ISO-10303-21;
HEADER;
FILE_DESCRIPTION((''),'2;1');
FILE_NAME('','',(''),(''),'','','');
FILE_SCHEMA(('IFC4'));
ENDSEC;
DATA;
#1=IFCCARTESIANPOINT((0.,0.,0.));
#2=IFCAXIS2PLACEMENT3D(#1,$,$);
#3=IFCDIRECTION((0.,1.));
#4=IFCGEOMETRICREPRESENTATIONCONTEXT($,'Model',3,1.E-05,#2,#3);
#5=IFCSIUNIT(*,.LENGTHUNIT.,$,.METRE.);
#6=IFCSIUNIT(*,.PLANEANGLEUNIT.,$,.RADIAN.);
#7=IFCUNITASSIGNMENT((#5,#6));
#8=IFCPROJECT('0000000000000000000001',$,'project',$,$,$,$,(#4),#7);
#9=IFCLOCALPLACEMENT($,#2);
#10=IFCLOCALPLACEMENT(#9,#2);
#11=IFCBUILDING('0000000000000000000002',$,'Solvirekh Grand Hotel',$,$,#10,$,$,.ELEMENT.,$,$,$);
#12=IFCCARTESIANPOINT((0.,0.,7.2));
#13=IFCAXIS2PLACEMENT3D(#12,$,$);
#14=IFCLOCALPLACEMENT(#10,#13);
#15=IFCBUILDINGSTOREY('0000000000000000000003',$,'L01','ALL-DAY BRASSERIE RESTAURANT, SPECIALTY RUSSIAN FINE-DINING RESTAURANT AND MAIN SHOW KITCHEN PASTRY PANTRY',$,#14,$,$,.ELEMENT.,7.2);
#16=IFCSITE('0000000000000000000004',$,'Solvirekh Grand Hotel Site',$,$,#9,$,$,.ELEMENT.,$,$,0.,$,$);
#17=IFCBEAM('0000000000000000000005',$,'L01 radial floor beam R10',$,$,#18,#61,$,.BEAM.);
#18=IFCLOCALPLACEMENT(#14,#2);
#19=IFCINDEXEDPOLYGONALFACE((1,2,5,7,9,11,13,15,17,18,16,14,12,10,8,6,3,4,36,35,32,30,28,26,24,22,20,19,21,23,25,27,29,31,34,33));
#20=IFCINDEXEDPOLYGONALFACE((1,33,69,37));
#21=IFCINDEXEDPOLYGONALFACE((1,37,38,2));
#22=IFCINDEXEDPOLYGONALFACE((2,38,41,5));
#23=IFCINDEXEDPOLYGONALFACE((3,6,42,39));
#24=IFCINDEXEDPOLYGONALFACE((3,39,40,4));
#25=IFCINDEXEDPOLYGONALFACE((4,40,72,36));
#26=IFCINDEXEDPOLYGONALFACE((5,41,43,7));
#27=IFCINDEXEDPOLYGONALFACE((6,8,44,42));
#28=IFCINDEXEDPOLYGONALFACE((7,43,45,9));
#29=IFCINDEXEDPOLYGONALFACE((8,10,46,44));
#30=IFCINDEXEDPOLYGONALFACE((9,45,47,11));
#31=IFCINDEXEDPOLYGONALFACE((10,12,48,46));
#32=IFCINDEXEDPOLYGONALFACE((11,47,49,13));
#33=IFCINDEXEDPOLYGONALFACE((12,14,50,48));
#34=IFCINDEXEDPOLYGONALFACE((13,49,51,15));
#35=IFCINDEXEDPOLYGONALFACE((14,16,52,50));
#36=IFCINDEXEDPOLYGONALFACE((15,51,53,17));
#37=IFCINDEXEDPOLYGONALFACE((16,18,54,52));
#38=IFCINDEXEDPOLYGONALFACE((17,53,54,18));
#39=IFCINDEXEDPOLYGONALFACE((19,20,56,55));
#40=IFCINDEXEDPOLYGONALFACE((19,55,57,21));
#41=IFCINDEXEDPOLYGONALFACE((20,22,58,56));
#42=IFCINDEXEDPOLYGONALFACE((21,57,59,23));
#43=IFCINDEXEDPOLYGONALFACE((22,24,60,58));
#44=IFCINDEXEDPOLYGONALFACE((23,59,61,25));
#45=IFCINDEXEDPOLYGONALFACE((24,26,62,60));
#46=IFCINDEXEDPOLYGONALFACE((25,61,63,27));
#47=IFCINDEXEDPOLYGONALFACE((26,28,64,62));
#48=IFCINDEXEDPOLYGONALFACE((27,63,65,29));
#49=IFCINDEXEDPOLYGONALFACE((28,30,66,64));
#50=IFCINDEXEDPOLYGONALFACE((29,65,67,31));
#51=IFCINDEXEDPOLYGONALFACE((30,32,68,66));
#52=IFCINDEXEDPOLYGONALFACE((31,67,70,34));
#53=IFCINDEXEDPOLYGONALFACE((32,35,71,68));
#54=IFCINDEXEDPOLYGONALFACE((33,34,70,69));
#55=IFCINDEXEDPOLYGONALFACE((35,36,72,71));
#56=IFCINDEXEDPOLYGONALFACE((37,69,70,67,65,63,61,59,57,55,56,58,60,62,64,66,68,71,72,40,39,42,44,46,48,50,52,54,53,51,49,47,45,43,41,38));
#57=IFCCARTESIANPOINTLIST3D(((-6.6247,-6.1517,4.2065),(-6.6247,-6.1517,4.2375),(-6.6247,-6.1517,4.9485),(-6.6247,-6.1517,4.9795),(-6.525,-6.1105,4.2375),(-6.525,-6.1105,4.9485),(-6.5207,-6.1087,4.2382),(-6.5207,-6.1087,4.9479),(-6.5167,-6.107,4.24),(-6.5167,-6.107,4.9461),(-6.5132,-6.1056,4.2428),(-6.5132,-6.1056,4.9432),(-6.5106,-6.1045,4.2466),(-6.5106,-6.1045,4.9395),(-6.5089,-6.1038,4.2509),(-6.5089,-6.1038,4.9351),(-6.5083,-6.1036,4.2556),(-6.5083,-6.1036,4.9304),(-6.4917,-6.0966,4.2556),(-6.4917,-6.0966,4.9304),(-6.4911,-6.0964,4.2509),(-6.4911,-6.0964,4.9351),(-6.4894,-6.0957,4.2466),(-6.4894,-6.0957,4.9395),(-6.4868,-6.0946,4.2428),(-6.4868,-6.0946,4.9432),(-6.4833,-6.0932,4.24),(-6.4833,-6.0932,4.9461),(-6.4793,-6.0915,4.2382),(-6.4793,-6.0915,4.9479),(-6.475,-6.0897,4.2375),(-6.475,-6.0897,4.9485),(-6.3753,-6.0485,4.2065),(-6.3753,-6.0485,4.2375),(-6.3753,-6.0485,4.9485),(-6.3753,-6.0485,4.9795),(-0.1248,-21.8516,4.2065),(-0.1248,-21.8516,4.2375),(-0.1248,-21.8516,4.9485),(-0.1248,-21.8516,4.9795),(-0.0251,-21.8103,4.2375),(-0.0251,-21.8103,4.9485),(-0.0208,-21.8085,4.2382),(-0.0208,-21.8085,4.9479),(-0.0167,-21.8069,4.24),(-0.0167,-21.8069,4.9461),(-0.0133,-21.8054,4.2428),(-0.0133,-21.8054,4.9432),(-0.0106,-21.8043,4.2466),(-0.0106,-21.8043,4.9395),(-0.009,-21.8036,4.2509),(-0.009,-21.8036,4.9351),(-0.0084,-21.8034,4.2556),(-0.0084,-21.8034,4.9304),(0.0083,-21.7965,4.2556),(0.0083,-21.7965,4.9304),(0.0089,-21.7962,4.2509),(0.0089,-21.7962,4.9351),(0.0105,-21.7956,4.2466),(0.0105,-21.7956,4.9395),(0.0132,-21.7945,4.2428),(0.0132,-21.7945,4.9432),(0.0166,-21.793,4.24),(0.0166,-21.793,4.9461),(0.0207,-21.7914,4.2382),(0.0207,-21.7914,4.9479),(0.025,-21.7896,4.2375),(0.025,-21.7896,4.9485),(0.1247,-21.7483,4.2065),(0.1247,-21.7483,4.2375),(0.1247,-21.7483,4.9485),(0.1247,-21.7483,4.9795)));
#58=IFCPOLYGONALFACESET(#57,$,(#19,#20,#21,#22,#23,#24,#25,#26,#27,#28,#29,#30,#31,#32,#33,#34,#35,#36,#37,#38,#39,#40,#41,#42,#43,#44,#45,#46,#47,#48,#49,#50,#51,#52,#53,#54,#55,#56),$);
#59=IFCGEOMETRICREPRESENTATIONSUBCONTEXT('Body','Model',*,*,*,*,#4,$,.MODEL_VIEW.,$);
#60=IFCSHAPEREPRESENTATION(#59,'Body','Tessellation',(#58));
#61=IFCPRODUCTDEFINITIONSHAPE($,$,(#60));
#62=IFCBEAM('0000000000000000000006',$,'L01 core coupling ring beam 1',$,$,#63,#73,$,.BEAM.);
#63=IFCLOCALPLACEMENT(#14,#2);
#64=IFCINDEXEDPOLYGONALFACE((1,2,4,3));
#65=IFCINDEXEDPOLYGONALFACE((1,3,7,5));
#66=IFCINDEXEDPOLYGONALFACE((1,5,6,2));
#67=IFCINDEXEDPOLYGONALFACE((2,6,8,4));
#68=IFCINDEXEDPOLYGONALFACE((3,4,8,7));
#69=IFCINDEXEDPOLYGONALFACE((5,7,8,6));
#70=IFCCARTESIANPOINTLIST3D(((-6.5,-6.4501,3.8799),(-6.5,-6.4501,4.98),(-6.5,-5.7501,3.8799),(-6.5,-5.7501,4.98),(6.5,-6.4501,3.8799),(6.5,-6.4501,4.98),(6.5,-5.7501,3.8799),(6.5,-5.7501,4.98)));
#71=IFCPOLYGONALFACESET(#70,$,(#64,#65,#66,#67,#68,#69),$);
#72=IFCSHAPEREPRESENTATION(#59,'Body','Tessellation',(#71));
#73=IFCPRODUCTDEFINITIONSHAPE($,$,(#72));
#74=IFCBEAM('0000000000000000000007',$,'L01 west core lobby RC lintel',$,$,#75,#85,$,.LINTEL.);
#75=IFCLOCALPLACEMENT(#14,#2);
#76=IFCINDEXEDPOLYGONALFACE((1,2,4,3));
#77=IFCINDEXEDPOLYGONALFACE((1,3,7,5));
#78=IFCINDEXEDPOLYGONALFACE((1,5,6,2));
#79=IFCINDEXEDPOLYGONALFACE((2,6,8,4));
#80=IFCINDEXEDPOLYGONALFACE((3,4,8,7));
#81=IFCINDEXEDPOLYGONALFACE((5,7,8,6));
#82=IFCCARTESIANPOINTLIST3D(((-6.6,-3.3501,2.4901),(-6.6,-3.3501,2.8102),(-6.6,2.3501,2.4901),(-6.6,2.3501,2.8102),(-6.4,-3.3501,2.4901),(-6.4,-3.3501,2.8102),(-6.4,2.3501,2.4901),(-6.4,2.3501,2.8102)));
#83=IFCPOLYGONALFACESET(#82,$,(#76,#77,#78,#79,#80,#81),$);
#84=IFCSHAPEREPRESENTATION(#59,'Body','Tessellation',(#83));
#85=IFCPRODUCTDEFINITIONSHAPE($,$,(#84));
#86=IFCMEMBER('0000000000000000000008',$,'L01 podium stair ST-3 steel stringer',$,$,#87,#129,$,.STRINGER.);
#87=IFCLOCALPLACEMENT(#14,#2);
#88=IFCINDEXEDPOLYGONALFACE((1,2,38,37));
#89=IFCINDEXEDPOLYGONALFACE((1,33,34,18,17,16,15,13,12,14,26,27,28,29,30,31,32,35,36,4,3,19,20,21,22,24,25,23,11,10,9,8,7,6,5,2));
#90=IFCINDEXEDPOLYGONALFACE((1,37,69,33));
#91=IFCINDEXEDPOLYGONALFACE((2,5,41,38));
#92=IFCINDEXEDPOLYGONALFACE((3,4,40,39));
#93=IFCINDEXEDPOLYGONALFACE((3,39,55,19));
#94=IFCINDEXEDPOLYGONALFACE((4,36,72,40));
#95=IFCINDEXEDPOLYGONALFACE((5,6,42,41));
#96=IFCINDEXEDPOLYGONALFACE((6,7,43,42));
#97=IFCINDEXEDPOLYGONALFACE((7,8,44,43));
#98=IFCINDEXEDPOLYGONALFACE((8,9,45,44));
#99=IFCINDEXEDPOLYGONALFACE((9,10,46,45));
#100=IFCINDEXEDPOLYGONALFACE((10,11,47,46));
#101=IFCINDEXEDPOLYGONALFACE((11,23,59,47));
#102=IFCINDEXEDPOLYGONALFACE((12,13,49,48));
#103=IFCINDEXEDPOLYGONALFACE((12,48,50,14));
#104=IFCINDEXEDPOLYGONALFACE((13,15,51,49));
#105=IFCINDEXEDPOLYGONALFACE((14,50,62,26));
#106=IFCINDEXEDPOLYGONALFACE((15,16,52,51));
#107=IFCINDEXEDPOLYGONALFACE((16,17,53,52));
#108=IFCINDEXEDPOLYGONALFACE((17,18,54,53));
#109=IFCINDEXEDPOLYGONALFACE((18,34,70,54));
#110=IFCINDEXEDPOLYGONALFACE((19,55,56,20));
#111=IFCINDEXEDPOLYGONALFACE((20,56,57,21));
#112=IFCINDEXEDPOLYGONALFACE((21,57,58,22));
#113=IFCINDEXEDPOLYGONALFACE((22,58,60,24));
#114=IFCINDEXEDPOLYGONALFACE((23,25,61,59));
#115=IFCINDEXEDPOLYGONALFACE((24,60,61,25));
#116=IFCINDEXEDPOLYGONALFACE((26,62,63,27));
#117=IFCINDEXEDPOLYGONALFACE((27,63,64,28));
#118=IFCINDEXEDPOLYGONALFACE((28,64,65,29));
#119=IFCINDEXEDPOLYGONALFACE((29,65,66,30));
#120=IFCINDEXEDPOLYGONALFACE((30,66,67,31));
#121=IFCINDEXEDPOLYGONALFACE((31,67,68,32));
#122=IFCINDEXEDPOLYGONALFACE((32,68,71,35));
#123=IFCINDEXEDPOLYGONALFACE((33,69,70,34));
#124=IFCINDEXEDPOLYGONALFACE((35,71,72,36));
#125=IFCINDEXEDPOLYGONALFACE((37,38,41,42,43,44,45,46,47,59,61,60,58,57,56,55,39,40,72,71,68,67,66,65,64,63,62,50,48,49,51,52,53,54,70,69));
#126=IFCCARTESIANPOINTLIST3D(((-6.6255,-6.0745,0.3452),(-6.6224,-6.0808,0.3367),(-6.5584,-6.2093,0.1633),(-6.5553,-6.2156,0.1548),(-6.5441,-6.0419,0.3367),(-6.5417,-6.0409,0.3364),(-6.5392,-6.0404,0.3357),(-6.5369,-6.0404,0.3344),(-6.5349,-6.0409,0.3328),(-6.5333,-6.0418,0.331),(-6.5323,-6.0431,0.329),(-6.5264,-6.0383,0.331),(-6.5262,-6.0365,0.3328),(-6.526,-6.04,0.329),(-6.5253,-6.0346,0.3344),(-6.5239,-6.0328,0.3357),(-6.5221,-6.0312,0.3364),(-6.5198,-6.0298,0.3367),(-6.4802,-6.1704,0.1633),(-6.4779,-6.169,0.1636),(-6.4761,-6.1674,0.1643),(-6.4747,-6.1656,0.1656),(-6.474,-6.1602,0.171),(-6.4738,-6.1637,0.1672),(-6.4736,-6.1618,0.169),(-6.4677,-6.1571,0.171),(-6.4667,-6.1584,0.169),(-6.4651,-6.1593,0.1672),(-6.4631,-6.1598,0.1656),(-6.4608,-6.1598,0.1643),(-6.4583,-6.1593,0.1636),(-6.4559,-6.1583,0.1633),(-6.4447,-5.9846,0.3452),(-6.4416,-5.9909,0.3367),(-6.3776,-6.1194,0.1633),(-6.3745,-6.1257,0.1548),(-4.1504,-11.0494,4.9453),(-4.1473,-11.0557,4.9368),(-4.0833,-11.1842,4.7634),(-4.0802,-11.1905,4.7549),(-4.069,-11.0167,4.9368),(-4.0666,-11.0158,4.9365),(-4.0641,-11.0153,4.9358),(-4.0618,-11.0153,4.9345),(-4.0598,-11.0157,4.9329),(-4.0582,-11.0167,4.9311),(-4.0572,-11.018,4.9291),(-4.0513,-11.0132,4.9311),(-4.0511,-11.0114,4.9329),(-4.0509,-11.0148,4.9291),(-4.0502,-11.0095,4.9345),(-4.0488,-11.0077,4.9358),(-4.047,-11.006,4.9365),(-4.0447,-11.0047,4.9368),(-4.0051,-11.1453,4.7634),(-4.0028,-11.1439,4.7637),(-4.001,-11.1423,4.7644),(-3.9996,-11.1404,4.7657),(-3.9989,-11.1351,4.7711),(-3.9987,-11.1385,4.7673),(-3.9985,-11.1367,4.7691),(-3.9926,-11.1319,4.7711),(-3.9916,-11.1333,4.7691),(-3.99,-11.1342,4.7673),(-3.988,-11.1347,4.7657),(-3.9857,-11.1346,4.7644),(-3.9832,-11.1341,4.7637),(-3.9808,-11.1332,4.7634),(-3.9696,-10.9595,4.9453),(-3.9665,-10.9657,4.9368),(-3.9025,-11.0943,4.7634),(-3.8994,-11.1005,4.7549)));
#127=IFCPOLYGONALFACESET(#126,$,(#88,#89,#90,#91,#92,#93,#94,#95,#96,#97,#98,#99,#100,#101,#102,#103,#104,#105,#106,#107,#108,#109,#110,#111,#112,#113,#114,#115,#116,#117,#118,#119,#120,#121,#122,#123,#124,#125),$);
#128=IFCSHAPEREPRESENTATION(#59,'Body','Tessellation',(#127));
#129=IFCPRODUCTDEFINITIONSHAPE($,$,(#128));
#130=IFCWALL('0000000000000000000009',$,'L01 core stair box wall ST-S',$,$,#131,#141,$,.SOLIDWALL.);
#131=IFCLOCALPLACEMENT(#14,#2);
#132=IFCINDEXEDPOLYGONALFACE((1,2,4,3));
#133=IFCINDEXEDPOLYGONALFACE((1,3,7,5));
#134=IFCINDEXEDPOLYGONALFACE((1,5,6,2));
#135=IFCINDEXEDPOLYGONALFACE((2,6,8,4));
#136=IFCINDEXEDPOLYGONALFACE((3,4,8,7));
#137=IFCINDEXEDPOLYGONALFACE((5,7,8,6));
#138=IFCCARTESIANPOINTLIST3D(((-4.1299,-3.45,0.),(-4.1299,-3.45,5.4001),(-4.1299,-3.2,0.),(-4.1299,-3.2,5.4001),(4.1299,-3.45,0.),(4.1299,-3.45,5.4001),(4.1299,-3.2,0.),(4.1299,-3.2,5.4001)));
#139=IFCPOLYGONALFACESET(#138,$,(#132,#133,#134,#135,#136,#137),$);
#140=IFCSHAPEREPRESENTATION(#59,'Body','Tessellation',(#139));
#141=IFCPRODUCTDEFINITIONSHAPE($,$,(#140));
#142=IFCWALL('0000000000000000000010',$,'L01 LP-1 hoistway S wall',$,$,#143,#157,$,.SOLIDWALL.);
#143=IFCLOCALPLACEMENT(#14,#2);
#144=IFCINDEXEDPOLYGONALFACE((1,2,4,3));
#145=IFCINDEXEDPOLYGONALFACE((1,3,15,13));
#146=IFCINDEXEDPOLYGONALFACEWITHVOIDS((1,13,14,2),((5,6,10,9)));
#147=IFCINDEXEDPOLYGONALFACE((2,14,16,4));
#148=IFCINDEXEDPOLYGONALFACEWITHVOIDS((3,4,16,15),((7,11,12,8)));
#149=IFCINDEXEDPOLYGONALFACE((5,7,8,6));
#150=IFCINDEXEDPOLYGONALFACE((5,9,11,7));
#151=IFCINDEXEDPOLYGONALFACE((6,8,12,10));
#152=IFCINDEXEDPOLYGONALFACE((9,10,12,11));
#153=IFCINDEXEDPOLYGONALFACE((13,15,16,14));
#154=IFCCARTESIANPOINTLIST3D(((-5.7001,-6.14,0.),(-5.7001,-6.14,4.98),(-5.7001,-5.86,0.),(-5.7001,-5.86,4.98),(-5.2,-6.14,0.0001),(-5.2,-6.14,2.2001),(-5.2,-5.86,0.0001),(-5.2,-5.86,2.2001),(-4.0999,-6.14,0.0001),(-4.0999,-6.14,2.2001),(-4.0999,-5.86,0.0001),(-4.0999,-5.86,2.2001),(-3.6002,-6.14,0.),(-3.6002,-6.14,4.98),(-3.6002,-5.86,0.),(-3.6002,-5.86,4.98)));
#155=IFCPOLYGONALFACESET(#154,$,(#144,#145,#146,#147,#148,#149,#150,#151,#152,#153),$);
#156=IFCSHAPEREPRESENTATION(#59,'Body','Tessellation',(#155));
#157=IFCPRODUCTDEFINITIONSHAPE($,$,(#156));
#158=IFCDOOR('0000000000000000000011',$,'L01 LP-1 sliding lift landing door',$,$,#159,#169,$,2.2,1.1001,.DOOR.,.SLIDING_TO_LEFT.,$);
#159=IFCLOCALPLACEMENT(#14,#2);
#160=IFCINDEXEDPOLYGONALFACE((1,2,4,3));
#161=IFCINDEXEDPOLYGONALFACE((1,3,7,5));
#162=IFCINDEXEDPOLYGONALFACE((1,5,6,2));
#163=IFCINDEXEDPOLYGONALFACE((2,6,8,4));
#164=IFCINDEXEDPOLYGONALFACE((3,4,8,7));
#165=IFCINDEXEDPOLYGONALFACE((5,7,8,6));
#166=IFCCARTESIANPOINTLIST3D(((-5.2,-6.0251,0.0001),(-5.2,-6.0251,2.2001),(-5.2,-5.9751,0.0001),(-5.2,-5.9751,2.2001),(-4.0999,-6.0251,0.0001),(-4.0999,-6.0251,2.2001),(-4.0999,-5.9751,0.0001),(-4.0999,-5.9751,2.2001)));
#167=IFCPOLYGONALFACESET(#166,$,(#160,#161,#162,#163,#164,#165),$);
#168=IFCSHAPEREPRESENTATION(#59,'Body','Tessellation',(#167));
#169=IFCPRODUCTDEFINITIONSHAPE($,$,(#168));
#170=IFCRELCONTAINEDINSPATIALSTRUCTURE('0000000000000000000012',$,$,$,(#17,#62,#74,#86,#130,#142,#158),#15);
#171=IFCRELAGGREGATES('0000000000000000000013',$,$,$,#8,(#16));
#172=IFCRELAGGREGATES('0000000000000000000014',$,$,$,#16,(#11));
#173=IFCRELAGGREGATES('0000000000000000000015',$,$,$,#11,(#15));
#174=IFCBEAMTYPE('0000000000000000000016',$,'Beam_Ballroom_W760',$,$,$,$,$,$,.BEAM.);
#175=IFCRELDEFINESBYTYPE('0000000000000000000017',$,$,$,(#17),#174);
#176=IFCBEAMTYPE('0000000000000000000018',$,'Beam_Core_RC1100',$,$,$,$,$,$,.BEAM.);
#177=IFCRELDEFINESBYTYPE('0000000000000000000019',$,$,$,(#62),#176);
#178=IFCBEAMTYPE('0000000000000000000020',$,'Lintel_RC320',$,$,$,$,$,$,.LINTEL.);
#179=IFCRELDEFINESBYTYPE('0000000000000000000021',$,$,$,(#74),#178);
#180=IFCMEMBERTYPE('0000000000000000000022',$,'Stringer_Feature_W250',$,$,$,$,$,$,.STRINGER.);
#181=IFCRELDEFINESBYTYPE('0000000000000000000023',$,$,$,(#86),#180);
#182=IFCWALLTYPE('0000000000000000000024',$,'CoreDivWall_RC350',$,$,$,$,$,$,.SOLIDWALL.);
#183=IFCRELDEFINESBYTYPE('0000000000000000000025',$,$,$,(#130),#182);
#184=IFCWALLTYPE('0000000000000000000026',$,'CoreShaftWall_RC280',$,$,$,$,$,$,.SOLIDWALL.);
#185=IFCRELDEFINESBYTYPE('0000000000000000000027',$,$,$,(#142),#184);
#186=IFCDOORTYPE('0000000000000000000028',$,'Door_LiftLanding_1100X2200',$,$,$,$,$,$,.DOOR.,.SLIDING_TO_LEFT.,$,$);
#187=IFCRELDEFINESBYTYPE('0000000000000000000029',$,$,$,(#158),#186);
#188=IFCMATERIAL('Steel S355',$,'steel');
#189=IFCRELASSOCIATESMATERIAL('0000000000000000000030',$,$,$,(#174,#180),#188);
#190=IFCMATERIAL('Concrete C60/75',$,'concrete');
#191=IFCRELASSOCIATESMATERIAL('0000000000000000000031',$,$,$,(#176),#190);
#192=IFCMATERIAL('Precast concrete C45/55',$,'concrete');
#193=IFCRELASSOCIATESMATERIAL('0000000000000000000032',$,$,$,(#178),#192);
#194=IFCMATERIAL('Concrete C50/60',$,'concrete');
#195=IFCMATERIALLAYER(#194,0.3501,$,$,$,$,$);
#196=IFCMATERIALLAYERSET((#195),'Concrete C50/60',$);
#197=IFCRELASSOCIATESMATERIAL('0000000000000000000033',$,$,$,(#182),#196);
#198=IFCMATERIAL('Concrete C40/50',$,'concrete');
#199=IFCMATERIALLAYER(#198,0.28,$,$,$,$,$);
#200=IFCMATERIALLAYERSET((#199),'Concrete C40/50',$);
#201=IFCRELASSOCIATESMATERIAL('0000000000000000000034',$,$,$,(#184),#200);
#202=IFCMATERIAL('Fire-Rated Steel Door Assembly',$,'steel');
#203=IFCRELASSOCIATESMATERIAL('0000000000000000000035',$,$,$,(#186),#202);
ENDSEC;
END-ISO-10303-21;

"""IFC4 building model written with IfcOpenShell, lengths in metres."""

from ifc_helpers import new_model, si_unit, direction, frame, frame_2d, origin, origin_2d, place, context, subcontext, project, spatial, rectangle, i_section, extrude, material, layer, layer_set, material_profile, profile_set, type_object, element, fill, save


model = new_model("IFC4")

# Units and contexts
model_context = context("Model", 3, precision=1e-05, world=origin(), true_north=direction((0.0, 1.0)))
body_context = subcontext(model_context, "Body", "Model", "MODEL_VIEW")
ifc_project = project(units=[si_unit("LENGTHUNIT", "METRE"), si_unit("PLANEANGLEUNIT", "RADIAN")], contexts=[model_context])

# Site, building, storey
site_placement = place(None, origin())
site = spatial("IfcSite", under=ifc_project, at=site_placement, Name="Solvirekh Grand Hotel Site", CompositionType="ELEMENT", RefElevation=0.0)
building_placement = place(site_placement, origin())
building = spatial("IfcBuilding", under=site, at=building_placement, Name="Solvirekh Grand Hotel", CompositionType="ELEMENT")
storey_placement = place(building_placement, frame((0.0, 0.0, 7.2)))
storey = spatial("IfcBuildingStorey", under=building, at=storey_placement, Name="L01", Description="ALL-DAY BRASSERIE RESTAURANT, SPECIALTY RUSSIAN FINE-DINING RESTAURANT AND MAIN SHOW KITCHEN PASTRY PANTRY", CompositionType="ELEMENT", Elevation=7.2)

# Shared definitions
ifc_material_1 = material(Name="Concrete C60/75", Category="concrete")

# Beams
ifc_material_2 = material(Name="Steel S355", Category="steel")
ifc_material_profile_1 = material_profile(ifc_material_2, i_section(OverallWidth=0.27, OverallDepth=0.7729, WebThickness=0.0181, FlangeThickness=0.031, FilletRadius=0.0181, at=origin_2d()), Name="W760X257")
ifc_profile_set_1 = profile_set([ifc_material_profile_1], Name="Steel S355")
beam_type_1 = type_object("IfcBeamType", Name="Beam_Ballroom_W760", PredefinedType="BEAM", material=ifc_profile_set_1)
beam_1_placement = place(storey_placement, frame((-6.5, -6.1001, 4.593), z_axis=(0.382526, -0.923945, 0.0), x_axis=(0.923945, 0.382526, 0.0)))
element("IfcBeam", 1, at=beam_1_placement, inside=storey, type_object=beam_type_1, Name="L01 radial floor beam R10", PredefinedType="BEAM", context=body_context, shape_type="SweptSolid", body=[
    extrude(i_section(OverallWidth=0.27, OverallDepth=0.7729, WebThickness=0.0181, FlangeThickness=0.031, FilletRadius=0.0181, at=origin_2d()), origin(), (0.0, 0.0, 1.0), 16.9922),
])
ifc_material_profile_2 = material_profile(ifc_material_1, rectangle(XDim=0.7, YDim=1.1001, at=origin_2d()), Name="RC BEAM 700X1100")
ifc_profile_set_2 = profile_set([ifc_material_profile_2], Name="Concrete C60/75")
beam_type_2 = type_object("IfcBeamType", Name="Beam_Core_RC1100", PredefinedType="BEAM", material=ifc_profile_set_2)
beam_2_placement = place(storey_placement, frame((-6.5, -6.1001, 4.4299), z_axis=(1.0, 0.0, 0.0), x_axis=(0.0, 1.0, 0.0)))
element("IfcBeam", 2, at=beam_2_placement, inside=storey, type_object=beam_type_2, Name="L01 core coupling ring beam 1", PredefinedType="BEAM", context=body_context, shape_type="SweptSolid", body=[
    extrude(rectangle(XDim=0.7, YDim=1.1001, at=origin_2d()), origin(), (0.0, 0.0, 1.0), 13.0),
])
ifc_material_3 = material(Name="Precast concrete C45/55", Category="concrete")
ifc_material_profile_3 = material_profile(ifc_material_3, rectangle(XDim=0.2, YDim=0.3201, at=origin_2d()), Name="RC LINTEL 200X320")
ifc_profile_set_3 = profile_set([ifc_material_profile_3], Name="Precast concrete C45/55")
beam_type_3 = type_object("IfcBeamType", Name="Lintel_RC320", PredefinedType="LINTEL", material=ifc_profile_set_3)
beam_3_placement = place(storey_placement, frame((-6.5, -3.3501, 2.6501), z_axis=(0.0, 1.0, 0.0), x_axis=(-1.0, 0.0, 0.0)))
element("IfcBeam", 3, at=beam_3_placement, inside=storey, type_object=beam_type_3, Name="L01 west core lobby RC lintel", PredefinedType="LINTEL", context=body_context, shape_type="SweptSolid", body=[
    extrude(rectangle(XDim=0.2, YDim=0.3201, at=origin_2d()), origin(), (0.0, 0.0, 1.0), 5.7002),
])

# Member
ifc_material_profile_4 = material_profile(ifc_material_2, i_section(OverallWidth=0.2019, OverallDepth=0.2471, WebThickness=0.0071, FlangeThickness=0.011, FilletRadius=0.01, at=origin_2d()), Name="W250X49")
ifc_profile_set_4 = profile_set([ifc_material_profile_4], Name="Steel S355")
member_type = type_object("IfcMemberType", Name="Stringer_Feature_W250", PredefinedType="STRINGER", material=ifc_profile_set_4)
member_placement = place(storey_placement, frame((-6.5, -6.1001, 0.25), z_axis=(0.343115, -0.689648, 0.637697), x_axis=(0.895313, 0.445438, 0.0)))
element("IfcMember", 4, at=member_placement, inside=storey, type_object=member_type, Name="L01 podium stair ST-3 steel stringer", PredefinedType="STRINGER", context=body_context, shape_type="SweptSolid", body=[
    extrude(i_section(OverallWidth=0.2019, OverallDepth=0.2471, WebThickness=0.0071, FlangeThickness=0.011, FilletRadius=0.01, at=origin_2d()), origin(), (0.0, 0.0, 1.0), 7.2136),
])

# Wall
ifc_material_4 = material(Name="Concrete C50/60", Category="concrete")
ifc_layer_1 = layer(ifc_material_4, 0.3501)
ifc_layer_set_1 = layer_set([ifc_layer_1], Name="Concrete C50/60")
wall_type_1 = type_object("IfcWallType", Name="CoreDivWall_RC350", PredefinedType="SOLIDWALL", material=ifc_layer_set_1)
wall_1_placement = place(storey_placement, frame((-4.1299, -3.325, 0.0), z_axis=(0.0, 0.0, 1.0), x_axis=(1.0, 0.0, 0.0)))
element("IfcWall", 5, at=wall_1_placement, inside=storey, type_object=wall_type_1, Name="L01 core stair box wall ST-S", PredefinedType="SOLIDWALL", context=body_context, shape_type="SweptSolid", body=[
    extrude(rectangle(XDim=8.2598, YDim=0.25, at=frame_2d((4.1299, 0.0))), origin(), (0.0, 0.0, 1.0), 5.4001),
])

# Wall, opening, door
ifc_material_5 = material(Name="Concrete C40/50", Category="concrete")
ifc_layer_2 = layer(ifc_material_5, 0.28)
ifc_layer_set_2 = layer_set([ifc_layer_2], Name="Concrete C40/50")
wall_type_2 = type_object("IfcWallType", Name="CoreShaftWall_RC280", PredefinedType="SOLIDWALL", material=ifc_layer_set_2)
wall_2_placement = place(storey_placement, frame((-5.7, -6.0, 0.0), z_axis=(0.0, 0.0, 1.0), x_axis=(1.0, 0.0, 0.0)))
wall_2 = element("IfcWall", 6, at=wall_2_placement, inside=storey, type_object=wall_type_2, Name="L01 LP-1 hoistway S wall", PredefinedType="SOLIDWALL", context=body_context, shape_type="SweptSolid", body=[
    extrude(rectangle(XDim=2.0999, YDim=0.28, at=frame_2d((1.0498, 0.0))), origin(), (0.0, 0.0, 1.0), 4.98),
])
opening_1_placement = place(wall_2_placement, frame((0.5, 0.0, 0.0)))
opening_1 = element("IfcOpeningElement", 7, at=opening_1_placement, cuts=wall_2, PredefinedType="OPENING", context=body_context, shape_type="SweptSolid", body=[
    extrude(rectangle(XDim=1.1001, YDim=2.2, at=frame_2d((0.55, 1.1001))), frame((0.0, 0.1499, 0.0), z_axis=(0.0, -1.0, 0.0), x_axis=(1.0, 0.0, 0.0)), (0.0, 0.0, 1.0), 0.3),
])
ifc_material_6 = material(Name="Fire-Rated Steel Door Assembly", Category="steel")
door_type_1 = type_object("IfcDoorType", Name="Door_LiftLanding_1100X2200", OperationType="SLIDING_TO_LEFT", PredefinedType="DOOR", material=ifc_material_6)
door_1_placement = place(opening_1_placement, origin())
door_1 = element("IfcDoor", 8, at=door_1_placement, inside=storey, type_object=door_type_1, Name="L01 LP-1 sliding lift landing door", OperationType="SLIDING_TO_LEFT", OverallHeight=2.2, OverallWidth=1.1001, PredefinedType="DOOR", context=body_context, shape_type="SweptSolid", body=[
    extrude(rectangle(XDim=1.1001, YDim=2.2, at=frame_2d((0.55, 1.1001))), frame((0.0, 0.0249, 0.0), z_axis=(0.0, -1.0, 0.0), x_axis=(1.0, 0.0, 0.0)), (0.0, 0.0, 1.0), 0.05),
])
fill(opening_1, door_1)

save(model, "model.ifc")
